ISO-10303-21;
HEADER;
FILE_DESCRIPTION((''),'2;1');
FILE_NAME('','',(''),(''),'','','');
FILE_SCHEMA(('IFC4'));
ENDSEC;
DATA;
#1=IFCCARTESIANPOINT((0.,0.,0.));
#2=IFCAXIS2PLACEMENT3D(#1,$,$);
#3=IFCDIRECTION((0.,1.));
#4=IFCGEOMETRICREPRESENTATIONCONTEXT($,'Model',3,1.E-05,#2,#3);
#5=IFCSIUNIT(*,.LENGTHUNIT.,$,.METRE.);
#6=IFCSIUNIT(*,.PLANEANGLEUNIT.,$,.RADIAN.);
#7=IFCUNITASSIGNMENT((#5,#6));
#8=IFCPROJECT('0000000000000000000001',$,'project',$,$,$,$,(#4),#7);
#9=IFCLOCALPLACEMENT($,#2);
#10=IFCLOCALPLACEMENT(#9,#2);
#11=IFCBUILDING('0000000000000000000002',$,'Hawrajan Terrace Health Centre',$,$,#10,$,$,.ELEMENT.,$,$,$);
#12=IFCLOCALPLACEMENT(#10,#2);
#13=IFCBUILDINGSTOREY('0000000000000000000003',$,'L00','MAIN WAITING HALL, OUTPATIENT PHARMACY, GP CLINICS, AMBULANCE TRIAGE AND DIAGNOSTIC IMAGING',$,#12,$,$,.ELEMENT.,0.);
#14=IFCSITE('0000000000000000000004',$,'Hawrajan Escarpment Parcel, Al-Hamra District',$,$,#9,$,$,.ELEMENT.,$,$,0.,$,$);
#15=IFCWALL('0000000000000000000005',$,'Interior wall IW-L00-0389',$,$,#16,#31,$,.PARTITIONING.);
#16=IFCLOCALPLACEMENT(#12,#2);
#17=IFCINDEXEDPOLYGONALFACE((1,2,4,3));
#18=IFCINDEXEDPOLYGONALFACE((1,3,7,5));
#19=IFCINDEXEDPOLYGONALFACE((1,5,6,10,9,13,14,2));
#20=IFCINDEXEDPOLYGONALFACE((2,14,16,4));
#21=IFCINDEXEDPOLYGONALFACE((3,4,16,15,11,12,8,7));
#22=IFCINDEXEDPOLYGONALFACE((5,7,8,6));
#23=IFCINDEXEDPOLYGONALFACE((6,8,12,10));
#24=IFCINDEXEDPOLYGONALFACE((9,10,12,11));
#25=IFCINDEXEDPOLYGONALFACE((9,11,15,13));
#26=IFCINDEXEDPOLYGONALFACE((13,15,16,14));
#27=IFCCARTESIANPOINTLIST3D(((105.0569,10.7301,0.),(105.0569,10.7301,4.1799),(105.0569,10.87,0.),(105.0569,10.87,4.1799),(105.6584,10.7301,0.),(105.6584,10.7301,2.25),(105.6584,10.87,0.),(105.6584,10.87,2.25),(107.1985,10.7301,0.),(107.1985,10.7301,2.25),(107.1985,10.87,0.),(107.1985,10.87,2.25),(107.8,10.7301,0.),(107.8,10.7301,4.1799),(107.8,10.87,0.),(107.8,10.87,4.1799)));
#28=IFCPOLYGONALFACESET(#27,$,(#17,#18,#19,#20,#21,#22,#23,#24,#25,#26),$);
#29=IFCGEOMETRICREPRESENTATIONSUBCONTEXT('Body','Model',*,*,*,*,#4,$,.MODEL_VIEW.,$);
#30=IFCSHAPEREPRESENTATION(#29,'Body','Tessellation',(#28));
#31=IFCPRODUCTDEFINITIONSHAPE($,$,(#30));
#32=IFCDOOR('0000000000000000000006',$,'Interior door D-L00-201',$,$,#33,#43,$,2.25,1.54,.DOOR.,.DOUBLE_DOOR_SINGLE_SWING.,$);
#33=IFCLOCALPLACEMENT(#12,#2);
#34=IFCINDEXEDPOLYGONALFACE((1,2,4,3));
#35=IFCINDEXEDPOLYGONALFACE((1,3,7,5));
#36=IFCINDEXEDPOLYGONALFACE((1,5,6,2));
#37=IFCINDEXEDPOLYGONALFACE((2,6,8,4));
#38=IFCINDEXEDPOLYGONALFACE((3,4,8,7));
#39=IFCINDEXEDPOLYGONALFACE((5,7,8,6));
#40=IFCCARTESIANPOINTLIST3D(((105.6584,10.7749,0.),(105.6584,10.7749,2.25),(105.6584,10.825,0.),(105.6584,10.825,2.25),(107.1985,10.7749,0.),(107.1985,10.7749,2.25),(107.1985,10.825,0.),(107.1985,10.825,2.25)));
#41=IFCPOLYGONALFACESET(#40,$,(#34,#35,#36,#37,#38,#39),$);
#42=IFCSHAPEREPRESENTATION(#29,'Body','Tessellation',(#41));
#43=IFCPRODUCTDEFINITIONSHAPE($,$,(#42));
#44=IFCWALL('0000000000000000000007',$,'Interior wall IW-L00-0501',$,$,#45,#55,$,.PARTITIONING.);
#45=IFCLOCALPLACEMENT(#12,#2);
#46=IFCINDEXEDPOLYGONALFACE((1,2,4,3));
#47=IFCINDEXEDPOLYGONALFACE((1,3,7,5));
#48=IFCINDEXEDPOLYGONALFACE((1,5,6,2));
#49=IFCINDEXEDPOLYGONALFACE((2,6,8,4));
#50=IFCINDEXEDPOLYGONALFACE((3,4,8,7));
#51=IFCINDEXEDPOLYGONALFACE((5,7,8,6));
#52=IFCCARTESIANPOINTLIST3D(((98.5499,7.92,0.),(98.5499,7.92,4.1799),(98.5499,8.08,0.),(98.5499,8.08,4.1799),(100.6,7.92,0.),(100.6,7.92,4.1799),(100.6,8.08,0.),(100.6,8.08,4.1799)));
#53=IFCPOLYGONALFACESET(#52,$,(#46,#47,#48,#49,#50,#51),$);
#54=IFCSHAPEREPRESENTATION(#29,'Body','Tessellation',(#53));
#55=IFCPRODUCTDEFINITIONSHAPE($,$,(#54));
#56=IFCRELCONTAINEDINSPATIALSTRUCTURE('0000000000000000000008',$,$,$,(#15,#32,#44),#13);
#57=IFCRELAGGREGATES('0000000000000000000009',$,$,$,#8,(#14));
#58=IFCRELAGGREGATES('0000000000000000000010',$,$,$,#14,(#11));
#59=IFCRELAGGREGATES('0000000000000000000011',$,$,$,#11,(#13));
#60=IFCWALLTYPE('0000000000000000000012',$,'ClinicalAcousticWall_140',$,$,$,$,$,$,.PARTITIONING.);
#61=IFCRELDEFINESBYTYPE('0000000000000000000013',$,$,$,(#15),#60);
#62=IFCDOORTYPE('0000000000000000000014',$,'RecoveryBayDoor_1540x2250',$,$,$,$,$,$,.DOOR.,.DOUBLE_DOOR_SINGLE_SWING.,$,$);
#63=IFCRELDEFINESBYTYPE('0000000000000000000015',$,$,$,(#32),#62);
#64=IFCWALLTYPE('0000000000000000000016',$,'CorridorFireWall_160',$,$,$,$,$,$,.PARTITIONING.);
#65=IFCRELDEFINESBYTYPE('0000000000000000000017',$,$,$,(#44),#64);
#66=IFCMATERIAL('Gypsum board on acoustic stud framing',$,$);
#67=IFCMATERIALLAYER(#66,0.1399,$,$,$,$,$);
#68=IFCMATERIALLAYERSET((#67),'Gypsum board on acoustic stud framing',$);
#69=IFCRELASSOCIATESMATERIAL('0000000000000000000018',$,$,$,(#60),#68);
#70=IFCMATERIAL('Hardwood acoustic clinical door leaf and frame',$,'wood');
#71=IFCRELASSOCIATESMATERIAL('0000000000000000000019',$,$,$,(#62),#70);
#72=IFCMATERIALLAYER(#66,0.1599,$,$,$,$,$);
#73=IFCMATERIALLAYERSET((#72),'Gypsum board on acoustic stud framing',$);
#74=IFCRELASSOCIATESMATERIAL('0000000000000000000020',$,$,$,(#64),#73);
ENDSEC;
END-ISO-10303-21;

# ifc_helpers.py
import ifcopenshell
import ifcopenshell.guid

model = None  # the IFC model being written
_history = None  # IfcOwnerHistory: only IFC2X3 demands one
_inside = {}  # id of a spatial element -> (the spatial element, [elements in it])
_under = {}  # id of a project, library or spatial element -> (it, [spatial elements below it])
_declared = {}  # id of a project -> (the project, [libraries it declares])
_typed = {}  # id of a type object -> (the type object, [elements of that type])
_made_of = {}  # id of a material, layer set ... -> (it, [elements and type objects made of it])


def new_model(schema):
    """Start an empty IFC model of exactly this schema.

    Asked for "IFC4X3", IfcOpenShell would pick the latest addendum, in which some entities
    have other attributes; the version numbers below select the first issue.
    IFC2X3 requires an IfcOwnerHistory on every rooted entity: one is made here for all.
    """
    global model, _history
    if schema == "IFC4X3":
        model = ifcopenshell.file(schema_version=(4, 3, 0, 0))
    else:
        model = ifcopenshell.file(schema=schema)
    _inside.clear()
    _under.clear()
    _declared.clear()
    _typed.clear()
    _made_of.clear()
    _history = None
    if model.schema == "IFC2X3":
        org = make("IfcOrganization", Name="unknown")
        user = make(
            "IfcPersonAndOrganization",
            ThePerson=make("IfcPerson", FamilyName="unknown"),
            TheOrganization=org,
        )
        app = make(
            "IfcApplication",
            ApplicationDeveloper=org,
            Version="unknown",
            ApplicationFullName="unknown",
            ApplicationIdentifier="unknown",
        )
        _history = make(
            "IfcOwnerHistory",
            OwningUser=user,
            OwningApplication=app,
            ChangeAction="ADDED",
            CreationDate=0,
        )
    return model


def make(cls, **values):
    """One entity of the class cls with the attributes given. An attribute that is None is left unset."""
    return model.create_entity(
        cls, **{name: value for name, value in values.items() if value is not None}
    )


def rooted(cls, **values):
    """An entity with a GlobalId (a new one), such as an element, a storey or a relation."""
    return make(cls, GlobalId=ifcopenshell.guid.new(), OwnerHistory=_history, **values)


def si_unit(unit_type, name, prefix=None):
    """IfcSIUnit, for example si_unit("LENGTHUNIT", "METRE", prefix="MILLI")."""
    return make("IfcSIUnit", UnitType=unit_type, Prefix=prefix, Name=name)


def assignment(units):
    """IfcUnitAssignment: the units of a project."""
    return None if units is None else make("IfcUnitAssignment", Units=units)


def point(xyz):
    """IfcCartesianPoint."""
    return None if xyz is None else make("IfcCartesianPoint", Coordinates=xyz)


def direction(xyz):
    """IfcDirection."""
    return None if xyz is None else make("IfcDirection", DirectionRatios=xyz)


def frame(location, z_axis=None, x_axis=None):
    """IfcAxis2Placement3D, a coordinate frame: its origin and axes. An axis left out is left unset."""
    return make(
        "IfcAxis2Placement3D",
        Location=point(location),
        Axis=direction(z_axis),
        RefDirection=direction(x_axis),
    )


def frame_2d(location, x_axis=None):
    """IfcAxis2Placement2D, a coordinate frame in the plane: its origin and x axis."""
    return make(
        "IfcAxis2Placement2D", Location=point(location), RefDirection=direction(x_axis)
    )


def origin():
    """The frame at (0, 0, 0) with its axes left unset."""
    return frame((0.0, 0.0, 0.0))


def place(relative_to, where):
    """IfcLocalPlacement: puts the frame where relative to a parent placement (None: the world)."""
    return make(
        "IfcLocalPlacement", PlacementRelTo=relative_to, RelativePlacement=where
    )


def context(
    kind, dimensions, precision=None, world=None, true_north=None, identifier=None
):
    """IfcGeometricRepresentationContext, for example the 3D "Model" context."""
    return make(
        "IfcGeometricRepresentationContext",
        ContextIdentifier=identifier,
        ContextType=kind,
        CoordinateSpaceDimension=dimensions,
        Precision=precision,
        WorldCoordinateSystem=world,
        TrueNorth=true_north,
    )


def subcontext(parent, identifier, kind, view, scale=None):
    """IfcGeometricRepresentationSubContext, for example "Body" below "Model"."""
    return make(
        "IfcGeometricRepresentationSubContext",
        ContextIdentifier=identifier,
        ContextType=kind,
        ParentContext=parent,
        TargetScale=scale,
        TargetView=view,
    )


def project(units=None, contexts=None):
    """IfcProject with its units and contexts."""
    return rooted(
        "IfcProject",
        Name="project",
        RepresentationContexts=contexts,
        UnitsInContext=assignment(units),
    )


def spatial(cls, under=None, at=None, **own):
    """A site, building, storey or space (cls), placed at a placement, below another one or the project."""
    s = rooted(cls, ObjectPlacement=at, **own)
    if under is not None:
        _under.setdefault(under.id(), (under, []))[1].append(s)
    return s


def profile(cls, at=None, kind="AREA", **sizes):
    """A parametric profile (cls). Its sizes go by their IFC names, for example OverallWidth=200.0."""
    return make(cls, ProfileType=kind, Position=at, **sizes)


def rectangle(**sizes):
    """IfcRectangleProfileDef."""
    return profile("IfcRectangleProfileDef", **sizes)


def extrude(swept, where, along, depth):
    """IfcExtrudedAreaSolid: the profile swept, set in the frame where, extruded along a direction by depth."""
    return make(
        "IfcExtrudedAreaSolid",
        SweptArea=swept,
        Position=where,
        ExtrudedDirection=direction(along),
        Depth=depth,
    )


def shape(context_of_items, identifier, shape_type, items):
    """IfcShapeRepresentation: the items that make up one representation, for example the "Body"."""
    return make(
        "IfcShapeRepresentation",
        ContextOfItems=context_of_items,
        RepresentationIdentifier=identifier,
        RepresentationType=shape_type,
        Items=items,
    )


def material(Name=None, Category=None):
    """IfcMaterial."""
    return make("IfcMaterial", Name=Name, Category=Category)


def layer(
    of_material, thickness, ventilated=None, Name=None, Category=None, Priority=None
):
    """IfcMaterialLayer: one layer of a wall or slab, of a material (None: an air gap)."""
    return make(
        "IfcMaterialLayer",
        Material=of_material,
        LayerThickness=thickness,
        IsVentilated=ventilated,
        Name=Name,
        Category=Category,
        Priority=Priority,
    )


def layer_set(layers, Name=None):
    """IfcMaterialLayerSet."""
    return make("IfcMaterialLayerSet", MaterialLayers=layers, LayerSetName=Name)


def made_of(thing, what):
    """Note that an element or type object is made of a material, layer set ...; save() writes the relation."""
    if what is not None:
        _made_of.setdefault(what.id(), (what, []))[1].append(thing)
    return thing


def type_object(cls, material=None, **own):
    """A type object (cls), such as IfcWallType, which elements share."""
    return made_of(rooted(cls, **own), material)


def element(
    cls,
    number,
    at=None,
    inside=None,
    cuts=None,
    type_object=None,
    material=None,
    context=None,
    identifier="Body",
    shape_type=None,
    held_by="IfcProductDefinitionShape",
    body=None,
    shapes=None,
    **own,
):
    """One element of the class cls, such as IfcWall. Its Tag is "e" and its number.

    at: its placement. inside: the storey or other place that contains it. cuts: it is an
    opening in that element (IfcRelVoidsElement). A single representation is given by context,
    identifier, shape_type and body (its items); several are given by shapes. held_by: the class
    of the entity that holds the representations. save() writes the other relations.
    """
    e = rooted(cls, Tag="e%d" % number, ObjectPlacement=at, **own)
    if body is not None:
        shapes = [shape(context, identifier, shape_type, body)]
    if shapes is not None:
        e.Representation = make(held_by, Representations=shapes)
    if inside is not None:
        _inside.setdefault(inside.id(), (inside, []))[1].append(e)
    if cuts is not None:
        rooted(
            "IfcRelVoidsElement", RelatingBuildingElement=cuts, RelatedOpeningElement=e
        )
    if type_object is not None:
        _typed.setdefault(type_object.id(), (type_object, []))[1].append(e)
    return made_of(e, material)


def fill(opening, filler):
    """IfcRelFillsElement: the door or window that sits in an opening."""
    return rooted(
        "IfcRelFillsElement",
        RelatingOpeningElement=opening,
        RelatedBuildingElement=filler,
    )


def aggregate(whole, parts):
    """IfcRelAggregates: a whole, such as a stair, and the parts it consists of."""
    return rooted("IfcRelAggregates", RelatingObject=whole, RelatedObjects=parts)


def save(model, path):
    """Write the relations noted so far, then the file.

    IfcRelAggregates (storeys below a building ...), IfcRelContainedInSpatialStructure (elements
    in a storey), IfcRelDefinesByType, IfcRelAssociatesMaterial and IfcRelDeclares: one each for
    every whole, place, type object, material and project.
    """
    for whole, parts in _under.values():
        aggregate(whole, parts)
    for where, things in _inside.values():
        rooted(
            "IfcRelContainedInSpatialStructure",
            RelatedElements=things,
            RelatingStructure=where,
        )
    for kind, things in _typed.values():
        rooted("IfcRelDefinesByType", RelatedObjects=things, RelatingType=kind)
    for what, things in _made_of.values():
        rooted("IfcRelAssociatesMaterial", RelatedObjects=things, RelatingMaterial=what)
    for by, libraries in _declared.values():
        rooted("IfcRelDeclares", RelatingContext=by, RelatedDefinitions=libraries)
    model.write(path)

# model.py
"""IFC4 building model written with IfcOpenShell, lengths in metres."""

from ifc_helpers import new_model, si_unit, direction, frame, frame_2d, origin, place, context, subcontext, project, spatial, rectangle, extrude, material, layer, layer_set, type_object, element, fill, save


model = new_model("IFC4")

# Units and contexts
model_context = context("Model", 3, precision=1e-05, world=origin(), true_north=direction((0.0, 1.0)))
body_context = subcontext(model_context, "Body", "Model", "MODEL_VIEW")
ifc_project = project(units=[si_unit("LENGTHUNIT", "METRE"), si_unit("PLANEANGLEUNIT", "RADIAN")], contexts=[model_context])

# Site, building, storey
site_placement = place(None, origin())
site = spatial("IfcSite", under=ifc_project, at=site_placement, Name="Hawrajan Escarpment Parcel, Al-Hamra District", CompositionType="ELEMENT", RefElevation=0.0)
building_placement = place(site_placement, origin())
building = spatial("IfcBuilding", under=site, at=building_placement, Name="Hawrajan Terrace Health Centre", CompositionType="ELEMENT")
storey_placement = place(building_placement, origin())
storey = spatial("IfcBuildingStorey", under=building, at=storey_placement, Name="L00", Description="MAIN WAITING HALL, OUTPATIENT PHARMACY, GP CLINICS, AMBULANCE TRIAGE AND DIAGNOSTIC IMAGING", CompositionType="ELEMENT", Elevation=0.0)

# Shared definitions
ifc_material_1 = material(Name="Gypsum board on acoustic stud framing")
ifc_layer_1 = layer(ifc_material_1, 0.1399)
ifc_layer_set_1 = layer_set([ifc_layer_1], Name="Gypsum board on acoustic stud framing")
wall_type_1 = type_object("IfcWallType", Name="ClinicalAcousticWall_140", PredefinedType="PARTITIONING", material=ifc_layer_set_1)

# Shared definitions
ifc_material_2 = material(Name="Hardwood acoustic clinical door leaf and frame", Category="wood")

# Wall, opening, door
wall_1_placement = place(storey_placement, frame((105.0569, 10.8, 0.0), z_axis=(0.0, 0.0, 1.0), x_axis=(1.0, 0.0, 0.0)))
wall_1 = element("IfcWall", 1, at=wall_1_placement, inside=storey, type_object=wall_type_1, Name="Interior wall IW-L00-0389", PredefinedType="PARTITIONING", context=body_context, shape_type="SweptSolid", body=[
    extrude(rectangle(XDim=2.7432, YDim=0.1399, at=frame_2d((1.3716, 0.0))), origin(), (0.0, 0.0, 1.0), 4.1799),
])
opening_1_placement = place(wall_1_placement, frame((0.6016, 0.0, 0.0)))
opening_1 = element("IfcOpeningElement", 2, at=opening_1_placement, cuts=wall_1, PredefinedType="OPENING", context=body_context, shape_type="SweptSolid", body=[
    extrude(rectangle(XDim=1.54, YDim=2.25, at=frame_2d((0.77, 1.125))), frame((0.0, 0.0798, 0.0), z_axis=(0.0, -1.0, 0.0), x_axis=(1.0, 0.0, 0.0)), (0.0, 0.0, 1.0), 0.1599),
])
door_type_1 = type_object("IfcDoorType", Name="RecoveryBayDoor_1540x2250", OperationType="DOUBLE_DOOR_SINGLE_SWING", PredefinedType="DOOR", material=ifc_material_2)
door_1_placement = place(opening_1_placement, origin())
door_1 = element("IfcDoor", 3, at=door_1_placement, inside=storey, type_object=door_type_1, Name="Interior door D-L00-201", OperationType="DOUBLE_DOOR_SINGLE_SWING", OverallHeight=2.25, OverallWidth=1.54, PredefinedType="DOOR", context=body_context, shape_type="SweptSolid", body=[
    extrude(rectangle(XDim=1.54, YDim=2.25, at=frame_2d((0.77, 1.125))), frame((0.0, 0.0249, 0.0), z_axis=(0.0, -1.0, 0.0), x_axis=(1.0, 0.0, 0.0)), (0.0, 0.0, 1.0), 0.05),
])
fill(opening_1, door_1)

# Wall
ifc_layer_2 = layer(ifc_material_1, 0.1599)
ifc_layer_set_2 = layer_set([ifc_layer_2], Name="Gypsum board on acoustic stud framing")
wall_type_2 = type_object("IfcWallType", Name="CorridorFireWall_160", PredefinedType="PARTITIONING", material=ifc_layer_set_2)
wall_2_placement = place(storey_placement, frame((98.55, 8.0, 0.0), z_axis=(0.0, 0.0, 1.0), x_axis=(1.0, 0.0, 0.0)))
element("IfcWall", 4, at=wall_2_placement, inside=storey, type_object=wall_type_2, Name="Interior wall IW-L00-0501", PredefinedType="PARTITIONING", context=body_context, shape_type="SweptSolid", body=[
    extrude(rectangle(XDim=2.05, YDim=0.1599, at=frame_2d((1.0249, 0.0))), origin(), (0.0, 0.0, 1.0), 4.1799),
])

save(model, "model.ifc")
